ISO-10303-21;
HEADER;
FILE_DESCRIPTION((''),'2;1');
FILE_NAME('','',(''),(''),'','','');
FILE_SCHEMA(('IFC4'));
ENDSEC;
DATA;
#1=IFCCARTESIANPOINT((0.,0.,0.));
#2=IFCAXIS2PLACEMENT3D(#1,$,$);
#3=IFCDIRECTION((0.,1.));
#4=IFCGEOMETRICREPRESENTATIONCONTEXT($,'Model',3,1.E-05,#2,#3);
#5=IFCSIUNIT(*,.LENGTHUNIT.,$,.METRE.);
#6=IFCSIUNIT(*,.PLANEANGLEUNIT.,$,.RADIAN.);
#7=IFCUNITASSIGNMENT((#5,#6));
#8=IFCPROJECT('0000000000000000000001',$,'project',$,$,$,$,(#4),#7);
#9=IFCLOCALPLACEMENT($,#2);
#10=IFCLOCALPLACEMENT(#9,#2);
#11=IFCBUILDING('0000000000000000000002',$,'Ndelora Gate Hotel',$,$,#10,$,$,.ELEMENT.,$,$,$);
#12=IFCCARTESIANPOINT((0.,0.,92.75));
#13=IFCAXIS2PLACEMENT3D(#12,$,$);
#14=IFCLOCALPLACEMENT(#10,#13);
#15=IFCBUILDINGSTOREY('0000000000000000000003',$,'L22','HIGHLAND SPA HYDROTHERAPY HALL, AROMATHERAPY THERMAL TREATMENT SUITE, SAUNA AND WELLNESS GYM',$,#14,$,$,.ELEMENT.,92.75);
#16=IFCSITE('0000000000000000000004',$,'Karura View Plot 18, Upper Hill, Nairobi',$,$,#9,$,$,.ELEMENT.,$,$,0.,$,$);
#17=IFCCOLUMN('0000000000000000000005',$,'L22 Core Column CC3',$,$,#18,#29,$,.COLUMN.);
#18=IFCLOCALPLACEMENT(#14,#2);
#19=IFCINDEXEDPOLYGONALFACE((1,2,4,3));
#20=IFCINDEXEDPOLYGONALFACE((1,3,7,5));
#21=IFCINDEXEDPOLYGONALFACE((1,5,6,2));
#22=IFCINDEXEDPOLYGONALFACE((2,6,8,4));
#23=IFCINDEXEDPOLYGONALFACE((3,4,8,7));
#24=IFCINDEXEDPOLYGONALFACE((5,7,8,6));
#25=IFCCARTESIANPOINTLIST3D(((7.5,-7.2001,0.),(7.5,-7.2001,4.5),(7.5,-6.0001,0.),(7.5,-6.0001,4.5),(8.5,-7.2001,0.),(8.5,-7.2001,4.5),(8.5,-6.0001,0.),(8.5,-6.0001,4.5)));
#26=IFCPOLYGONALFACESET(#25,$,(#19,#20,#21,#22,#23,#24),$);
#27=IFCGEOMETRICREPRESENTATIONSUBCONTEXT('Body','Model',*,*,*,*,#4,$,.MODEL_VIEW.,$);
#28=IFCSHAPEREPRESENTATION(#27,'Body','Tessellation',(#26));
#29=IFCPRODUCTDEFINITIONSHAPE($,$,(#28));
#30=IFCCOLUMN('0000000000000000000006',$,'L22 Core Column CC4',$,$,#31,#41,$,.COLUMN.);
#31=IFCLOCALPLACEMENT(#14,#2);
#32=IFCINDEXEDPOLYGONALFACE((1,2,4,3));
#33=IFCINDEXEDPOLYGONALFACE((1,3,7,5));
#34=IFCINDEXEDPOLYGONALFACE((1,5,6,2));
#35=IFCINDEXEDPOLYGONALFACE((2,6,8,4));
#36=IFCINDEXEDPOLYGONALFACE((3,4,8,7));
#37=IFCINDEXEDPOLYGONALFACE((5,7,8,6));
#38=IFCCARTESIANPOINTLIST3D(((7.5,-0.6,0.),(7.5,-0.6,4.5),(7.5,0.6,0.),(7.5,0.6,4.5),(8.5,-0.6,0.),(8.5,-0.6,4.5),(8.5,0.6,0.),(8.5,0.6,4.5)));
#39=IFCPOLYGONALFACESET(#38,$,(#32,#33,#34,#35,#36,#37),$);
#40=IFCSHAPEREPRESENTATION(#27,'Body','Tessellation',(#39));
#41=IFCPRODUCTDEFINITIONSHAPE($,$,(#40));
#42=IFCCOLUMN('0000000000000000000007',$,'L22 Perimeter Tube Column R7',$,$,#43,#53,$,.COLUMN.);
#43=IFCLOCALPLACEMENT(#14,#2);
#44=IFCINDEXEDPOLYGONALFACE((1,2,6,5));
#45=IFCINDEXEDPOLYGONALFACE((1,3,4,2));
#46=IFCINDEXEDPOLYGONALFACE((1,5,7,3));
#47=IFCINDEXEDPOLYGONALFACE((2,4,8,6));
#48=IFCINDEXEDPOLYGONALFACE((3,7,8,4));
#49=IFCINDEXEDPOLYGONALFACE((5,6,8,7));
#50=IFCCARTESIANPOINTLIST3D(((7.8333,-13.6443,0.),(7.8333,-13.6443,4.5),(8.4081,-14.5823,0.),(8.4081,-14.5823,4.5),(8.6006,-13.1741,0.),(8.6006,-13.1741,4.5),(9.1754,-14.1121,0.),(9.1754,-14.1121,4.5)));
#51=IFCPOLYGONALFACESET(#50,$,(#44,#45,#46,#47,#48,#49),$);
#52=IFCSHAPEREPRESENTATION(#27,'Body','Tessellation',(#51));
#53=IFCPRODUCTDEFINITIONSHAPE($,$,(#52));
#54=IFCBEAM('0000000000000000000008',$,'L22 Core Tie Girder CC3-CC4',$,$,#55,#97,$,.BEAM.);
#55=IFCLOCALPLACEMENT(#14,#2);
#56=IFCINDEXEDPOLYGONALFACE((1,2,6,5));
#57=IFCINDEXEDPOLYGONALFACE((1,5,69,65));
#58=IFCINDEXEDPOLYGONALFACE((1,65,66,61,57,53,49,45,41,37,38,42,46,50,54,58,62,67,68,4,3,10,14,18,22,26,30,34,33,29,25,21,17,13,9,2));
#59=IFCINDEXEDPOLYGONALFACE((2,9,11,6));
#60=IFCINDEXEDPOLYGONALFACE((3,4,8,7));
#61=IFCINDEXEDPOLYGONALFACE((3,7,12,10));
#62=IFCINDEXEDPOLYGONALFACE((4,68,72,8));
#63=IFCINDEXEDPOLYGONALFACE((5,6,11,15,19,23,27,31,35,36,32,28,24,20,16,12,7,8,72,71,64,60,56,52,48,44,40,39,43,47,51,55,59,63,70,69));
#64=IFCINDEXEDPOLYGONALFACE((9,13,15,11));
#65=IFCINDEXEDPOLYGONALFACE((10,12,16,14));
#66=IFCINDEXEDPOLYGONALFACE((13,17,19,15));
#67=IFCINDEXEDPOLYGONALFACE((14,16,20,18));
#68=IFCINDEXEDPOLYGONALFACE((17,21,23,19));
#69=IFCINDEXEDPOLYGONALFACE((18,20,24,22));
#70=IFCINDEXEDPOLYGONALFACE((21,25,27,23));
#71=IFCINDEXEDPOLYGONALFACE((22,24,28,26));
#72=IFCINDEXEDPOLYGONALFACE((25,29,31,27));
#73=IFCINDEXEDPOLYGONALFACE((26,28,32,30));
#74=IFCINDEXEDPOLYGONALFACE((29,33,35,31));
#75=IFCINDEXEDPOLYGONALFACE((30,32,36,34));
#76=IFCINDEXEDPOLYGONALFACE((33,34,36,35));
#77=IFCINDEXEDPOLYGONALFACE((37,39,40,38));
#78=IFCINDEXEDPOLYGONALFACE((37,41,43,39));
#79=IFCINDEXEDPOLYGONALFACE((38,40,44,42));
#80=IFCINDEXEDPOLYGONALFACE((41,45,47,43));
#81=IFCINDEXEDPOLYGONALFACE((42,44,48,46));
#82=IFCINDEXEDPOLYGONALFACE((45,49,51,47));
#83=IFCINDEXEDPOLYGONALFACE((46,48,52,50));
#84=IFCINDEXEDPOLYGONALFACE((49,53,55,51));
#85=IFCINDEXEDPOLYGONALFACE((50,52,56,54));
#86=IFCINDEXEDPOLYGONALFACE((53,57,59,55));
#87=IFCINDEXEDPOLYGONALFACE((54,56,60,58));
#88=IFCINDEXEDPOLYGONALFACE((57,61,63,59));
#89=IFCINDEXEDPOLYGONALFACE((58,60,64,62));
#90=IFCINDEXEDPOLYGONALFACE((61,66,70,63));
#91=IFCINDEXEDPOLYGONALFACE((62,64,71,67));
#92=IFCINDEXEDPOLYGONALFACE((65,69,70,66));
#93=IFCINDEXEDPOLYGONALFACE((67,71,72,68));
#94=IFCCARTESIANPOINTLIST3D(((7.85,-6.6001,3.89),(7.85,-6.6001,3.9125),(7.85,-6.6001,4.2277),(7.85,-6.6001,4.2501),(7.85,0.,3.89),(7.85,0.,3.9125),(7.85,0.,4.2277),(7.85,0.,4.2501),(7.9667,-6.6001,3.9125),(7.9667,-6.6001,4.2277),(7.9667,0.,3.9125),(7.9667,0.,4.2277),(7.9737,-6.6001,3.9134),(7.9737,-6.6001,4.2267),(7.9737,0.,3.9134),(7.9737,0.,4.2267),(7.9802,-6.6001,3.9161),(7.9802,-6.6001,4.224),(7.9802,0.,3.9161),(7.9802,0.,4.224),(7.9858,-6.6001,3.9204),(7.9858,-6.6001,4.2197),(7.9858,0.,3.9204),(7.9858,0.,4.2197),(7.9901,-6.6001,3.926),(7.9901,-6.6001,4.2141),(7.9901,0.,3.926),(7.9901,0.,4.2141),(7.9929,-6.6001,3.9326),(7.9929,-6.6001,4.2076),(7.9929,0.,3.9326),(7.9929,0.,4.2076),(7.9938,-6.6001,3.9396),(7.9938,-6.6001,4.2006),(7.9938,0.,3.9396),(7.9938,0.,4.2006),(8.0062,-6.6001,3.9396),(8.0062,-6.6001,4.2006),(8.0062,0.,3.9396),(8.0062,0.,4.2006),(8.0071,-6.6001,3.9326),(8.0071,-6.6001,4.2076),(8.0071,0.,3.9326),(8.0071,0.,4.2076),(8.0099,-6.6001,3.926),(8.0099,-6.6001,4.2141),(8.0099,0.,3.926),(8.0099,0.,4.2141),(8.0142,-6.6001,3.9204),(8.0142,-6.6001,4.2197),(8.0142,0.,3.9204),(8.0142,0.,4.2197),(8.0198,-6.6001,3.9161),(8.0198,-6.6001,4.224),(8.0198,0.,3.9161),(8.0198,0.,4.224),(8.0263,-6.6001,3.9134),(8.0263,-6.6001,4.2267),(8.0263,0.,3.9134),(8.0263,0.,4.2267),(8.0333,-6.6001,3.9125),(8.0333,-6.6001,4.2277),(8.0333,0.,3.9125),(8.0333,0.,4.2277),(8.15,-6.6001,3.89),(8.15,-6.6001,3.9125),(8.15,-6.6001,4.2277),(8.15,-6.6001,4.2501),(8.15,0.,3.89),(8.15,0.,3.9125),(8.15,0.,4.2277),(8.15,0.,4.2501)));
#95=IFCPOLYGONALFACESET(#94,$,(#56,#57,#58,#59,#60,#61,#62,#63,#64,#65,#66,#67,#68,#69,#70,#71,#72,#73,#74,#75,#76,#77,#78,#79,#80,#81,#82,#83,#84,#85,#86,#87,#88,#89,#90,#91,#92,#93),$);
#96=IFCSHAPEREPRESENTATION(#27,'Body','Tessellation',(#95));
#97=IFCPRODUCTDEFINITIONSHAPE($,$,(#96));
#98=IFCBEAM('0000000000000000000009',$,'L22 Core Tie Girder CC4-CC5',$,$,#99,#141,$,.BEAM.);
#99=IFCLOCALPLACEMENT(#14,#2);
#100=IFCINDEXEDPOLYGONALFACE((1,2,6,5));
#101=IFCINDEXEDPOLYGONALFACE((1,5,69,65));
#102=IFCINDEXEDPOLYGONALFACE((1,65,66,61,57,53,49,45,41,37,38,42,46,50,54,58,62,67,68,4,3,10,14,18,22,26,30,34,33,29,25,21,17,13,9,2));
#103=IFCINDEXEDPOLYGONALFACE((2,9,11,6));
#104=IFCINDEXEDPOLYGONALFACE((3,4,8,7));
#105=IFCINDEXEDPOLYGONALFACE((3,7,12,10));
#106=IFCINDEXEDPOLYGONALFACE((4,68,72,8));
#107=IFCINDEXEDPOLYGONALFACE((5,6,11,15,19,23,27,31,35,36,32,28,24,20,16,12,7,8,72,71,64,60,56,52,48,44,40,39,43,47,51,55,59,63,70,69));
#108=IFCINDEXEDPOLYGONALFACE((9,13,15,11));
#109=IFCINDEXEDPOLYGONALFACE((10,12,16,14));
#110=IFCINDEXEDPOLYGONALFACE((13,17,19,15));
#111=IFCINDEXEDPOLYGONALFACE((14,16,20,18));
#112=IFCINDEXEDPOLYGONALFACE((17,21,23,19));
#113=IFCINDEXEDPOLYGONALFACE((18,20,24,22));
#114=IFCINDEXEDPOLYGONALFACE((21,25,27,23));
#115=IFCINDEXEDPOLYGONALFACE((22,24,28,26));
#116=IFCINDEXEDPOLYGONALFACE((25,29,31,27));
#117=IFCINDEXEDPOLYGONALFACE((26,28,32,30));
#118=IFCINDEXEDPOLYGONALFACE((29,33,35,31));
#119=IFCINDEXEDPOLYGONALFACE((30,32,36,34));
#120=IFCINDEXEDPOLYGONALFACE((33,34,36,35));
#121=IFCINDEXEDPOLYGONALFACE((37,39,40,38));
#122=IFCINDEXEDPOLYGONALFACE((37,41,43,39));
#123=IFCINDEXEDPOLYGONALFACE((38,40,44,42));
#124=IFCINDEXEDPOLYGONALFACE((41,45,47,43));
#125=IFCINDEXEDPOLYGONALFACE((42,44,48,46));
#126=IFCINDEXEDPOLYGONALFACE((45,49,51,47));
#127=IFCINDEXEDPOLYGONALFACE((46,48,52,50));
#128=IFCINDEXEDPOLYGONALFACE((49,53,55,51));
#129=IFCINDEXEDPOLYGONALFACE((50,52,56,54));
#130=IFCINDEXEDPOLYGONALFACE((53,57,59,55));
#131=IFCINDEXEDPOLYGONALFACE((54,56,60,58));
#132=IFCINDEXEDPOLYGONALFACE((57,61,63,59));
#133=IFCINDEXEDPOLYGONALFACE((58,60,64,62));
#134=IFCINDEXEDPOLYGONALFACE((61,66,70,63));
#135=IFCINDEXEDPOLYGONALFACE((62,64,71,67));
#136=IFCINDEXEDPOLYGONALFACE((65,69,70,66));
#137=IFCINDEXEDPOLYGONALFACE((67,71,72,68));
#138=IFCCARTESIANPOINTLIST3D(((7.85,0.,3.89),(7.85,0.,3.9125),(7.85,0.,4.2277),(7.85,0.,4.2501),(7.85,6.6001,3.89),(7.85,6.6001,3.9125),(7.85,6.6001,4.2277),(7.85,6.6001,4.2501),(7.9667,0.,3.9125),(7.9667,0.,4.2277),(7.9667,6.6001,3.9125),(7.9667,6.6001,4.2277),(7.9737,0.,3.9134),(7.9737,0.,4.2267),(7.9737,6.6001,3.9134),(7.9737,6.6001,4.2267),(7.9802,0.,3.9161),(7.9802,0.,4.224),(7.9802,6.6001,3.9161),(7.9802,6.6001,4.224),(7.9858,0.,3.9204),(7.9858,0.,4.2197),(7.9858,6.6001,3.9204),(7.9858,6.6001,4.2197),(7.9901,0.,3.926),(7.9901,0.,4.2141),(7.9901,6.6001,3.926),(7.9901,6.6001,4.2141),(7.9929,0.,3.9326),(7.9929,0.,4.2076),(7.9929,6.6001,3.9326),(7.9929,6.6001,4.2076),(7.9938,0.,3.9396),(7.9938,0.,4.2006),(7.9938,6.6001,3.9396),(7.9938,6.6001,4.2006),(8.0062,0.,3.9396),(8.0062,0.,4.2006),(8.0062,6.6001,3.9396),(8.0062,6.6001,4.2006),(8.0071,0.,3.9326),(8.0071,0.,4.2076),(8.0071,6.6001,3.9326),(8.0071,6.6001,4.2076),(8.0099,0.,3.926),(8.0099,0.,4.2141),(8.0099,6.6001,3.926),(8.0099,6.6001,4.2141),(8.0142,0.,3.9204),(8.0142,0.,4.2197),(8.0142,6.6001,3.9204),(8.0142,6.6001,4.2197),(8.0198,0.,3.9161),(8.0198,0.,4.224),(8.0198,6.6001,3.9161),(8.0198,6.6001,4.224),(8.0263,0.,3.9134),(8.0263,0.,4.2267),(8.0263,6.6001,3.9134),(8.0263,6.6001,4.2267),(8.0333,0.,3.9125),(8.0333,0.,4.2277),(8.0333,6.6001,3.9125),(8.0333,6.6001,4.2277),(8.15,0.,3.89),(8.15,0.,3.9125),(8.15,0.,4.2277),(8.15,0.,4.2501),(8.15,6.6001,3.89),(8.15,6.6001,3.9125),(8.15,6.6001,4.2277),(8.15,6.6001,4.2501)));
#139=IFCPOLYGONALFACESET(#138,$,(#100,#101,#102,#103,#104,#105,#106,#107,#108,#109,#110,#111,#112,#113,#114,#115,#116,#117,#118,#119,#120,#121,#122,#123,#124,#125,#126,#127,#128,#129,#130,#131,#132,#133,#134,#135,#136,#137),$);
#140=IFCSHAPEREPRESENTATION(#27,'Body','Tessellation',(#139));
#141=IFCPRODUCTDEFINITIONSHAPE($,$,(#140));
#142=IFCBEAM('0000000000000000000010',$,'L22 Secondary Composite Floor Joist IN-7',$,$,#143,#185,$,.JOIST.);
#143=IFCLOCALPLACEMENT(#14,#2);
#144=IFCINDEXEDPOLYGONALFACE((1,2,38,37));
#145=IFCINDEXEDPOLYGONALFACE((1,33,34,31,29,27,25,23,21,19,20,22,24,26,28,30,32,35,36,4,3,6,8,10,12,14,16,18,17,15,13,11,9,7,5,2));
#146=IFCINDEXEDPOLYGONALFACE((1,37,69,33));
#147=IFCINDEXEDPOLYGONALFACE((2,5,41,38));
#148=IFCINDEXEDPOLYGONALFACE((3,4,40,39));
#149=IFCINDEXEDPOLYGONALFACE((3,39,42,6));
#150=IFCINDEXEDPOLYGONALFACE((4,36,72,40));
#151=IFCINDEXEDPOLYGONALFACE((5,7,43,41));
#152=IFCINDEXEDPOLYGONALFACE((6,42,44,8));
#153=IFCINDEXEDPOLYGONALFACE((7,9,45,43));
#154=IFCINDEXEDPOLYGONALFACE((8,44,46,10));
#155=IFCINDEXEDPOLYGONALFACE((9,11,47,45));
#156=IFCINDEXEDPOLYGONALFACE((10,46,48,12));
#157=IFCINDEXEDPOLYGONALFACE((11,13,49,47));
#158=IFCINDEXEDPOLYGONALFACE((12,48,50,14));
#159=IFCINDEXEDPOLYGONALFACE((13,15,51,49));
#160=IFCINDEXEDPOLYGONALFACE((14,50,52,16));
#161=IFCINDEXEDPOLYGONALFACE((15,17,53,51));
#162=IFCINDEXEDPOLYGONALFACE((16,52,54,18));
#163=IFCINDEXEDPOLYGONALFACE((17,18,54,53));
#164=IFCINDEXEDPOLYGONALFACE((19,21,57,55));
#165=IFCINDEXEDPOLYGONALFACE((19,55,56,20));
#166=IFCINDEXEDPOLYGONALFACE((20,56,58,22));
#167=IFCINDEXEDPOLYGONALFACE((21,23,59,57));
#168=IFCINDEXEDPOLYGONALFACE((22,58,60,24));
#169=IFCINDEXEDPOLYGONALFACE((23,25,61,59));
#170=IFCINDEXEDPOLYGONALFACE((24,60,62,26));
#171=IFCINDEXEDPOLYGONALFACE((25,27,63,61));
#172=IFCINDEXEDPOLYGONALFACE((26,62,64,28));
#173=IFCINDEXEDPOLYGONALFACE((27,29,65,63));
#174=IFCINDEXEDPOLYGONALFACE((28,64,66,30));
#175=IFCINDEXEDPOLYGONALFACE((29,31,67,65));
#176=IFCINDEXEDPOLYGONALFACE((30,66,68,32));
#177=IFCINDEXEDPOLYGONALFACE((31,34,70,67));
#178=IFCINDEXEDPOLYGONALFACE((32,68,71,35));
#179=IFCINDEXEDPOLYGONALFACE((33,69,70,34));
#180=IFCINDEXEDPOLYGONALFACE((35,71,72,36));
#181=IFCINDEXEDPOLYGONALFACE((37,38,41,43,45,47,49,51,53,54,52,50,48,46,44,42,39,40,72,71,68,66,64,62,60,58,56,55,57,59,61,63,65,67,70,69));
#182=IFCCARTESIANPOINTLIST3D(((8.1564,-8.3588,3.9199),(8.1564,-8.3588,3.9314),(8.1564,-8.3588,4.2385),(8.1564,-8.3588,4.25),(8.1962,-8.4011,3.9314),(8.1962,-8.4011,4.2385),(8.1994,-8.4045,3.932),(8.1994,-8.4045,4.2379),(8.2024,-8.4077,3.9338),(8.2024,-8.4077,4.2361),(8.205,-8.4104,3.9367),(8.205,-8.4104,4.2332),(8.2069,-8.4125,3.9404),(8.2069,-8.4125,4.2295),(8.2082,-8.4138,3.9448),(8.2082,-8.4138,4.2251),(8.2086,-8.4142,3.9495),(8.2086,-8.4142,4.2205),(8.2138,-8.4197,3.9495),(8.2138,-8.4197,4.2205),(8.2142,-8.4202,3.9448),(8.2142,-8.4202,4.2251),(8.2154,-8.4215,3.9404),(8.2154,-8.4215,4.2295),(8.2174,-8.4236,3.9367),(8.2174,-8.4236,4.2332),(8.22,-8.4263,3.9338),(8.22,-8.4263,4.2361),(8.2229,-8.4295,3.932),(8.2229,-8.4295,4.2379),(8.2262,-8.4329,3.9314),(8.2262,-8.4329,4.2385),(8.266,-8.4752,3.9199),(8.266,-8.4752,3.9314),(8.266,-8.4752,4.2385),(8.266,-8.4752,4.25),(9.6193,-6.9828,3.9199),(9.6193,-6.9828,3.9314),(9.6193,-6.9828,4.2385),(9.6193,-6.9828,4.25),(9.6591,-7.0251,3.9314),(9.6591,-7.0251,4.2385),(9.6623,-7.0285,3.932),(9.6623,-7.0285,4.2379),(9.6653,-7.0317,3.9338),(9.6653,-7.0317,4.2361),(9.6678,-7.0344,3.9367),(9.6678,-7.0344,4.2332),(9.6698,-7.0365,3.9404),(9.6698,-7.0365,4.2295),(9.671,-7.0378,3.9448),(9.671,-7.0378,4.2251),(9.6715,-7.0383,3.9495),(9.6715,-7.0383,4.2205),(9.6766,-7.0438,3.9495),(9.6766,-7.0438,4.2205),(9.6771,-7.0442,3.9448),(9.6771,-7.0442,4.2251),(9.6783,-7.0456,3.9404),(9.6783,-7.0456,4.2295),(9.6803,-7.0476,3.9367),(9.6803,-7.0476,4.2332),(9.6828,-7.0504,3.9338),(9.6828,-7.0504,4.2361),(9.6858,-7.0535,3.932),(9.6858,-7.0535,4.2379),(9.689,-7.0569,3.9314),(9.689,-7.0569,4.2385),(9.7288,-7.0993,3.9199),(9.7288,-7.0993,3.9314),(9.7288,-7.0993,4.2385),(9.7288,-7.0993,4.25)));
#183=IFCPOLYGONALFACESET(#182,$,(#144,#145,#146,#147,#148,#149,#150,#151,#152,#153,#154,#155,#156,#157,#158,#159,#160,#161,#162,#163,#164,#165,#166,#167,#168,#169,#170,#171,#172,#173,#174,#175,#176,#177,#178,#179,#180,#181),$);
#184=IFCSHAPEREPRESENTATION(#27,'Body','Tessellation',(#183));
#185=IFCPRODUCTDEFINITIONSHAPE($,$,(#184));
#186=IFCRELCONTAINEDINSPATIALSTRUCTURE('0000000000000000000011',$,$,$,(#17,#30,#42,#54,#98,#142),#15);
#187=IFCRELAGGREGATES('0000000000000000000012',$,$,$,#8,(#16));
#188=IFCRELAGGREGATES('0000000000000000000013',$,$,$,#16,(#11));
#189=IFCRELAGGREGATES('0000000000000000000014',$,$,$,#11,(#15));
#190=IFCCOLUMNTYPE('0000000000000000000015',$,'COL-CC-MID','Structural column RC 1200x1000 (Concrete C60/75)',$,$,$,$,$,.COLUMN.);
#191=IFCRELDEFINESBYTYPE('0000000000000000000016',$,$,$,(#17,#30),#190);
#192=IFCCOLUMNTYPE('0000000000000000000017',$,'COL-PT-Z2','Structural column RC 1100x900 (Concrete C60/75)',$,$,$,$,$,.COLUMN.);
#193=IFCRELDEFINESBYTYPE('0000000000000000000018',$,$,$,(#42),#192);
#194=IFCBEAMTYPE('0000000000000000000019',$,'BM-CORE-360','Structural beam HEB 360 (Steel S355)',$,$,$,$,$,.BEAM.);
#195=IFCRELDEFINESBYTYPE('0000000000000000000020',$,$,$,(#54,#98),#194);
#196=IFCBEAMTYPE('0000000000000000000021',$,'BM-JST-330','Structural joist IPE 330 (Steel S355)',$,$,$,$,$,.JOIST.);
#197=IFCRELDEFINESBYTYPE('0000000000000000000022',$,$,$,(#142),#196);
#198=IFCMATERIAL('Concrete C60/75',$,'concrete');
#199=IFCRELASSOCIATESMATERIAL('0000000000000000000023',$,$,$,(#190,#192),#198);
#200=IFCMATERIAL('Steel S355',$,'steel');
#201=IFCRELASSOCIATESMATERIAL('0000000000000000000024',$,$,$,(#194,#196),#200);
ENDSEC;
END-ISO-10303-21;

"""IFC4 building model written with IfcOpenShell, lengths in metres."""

from ifc_helpers import new_model, si_unit, direction, frame, origin, origin_2d, place, context, subcontext, project, spatial, rectangle, i_section, extrude, material, material_profile, profile_set, type_object, element, save


model = new_model("IFC4")

# Units and contexts
model_context = context("Model", 3, precision=1e-05, world=origin(), true_north=direction((0.0, 1.0)))
body_context = subcontext(model_context, "Body", "Model", "MODEL_VIEW")
ifc_project = project(units=[si_unit("LENGTHUNIT", "METRE"), si_unit("PLANEANGLEUNIT", "RADIAN")], contexts=[model_context])

# Site, building, storey
site_placement = place(None, origin())
site = spatial("IfcSite", under=ifc_project, at=site_placement, Name="Karura View Plot 18, Upper Hill, Nairobi", CompositionType="ELEMENT", RefElevation=0.0)
building_placement = place(site_placement, origin())
building = spatial("IfcBuilding", under=site, at=building_placement, Name="Ndelora Gate Hotel", CompositionType="ELEMENT")
storey_placement = place(building_placement, frame((0.0, 0.0, 92.75)))
storey = spatial("IfcBuildingStorey", under=building, at=storey_placement, Name="L22", Description="HIGHLAND SPA HYDROTHERAPY HALL, AROMATHERAPY THERMAL TREATMENT SUITE, SAUNA AND WELLNESS GYM", CompositionType="ELEMENT", Elevation=92.75)

# Columns
ifc_material_1 = material(Name="Concrete C60/75", Category="concrete")
ifc_material_profile_1 = material_profile(ifc_material_1, rectangle(XDim=1.0, YDim=1.2, at=origin_2d()), Name="RC 1200x1000")
ifc_profile_set_1 = profile_set([ifc_material_profile_1], Name="Concrete C60/75")
column_type_1 = type_object("IfcColumnType", Name="COL-CC-MID", Description="Structural column RC 1200x1000 (Concrete C60/75)", PredefinedType="COLUMN", material=ifc_profile_set_1)
for number, where, z_axis, x_axis, name in (
    (1, (8.0, -6.6001, 0.0), (0.0, 0.0, 1.0), (1.0, 0.0, 0.0), "L22 Core Column CC3"),
    (2, (8.0, 0.0, 0.0), (0.0, 0.0, 1.0), (1.0, 0.0, 0.0), "L22 Core Column CC4"),
):
    element("IfcColumn", number, at=place(storey_placement, frame(where, z_axis=z_axis, x_axis=x_axis)), inside=storey, type_object=column_type_1, Name=name, PredefinedType="COLUMN", context=body_context, shape_type="SweptSolid", body=[
        extrude(rectangle(XDim=1.0, YDim=1.2, at=origin_2d()), origin(), (0.0, 0.0, 1.0), 4.5),
    ])
ifc_material_profile_2 = material_profile(ifc_material_1, rectangle(XDim=0.8999, YDim=1.1001, at=origin_2d()), Name="RC 1100x900")
ifc_profile_set_2 = profile_set([ifc_material_profile_2], Name="Concrete C60/75")
column_type_2 = type_object("IfcColumnType", Name="COL-PT-Z2", Description="Structural column RC 1100x900 (Concrete C60/75)", PredefinedType="COLUMN", material=ifc_profile_set_2)
column_placement = place(storey_placement, frame((8.5044, -13.8782, 0.0), z_axis=(0.0, 0.0, 1.0), x_axis=(0.85264, 0.522499, 0.0)))
element("IfcColumn", 3, at=column_placement, inside=storey, type_object=column_type_2, Name="L22 Perimeter Tube Column R7", PredefinedType="COLUMN", context=body_context, shape_type="SweptSolid", body=[
    extrude(rectangle(XDim=0.8999, YDim=1.1001, at=origin_2d()), origin(), (0.0, 0.0, 1.0), 4.5),
])

# Beams
ifc_material_2 = material(Name="Steel S355", Category="steel")
ifc_material_profile_3 = material_profile(ifc_material_2, i_section(OverallWidth=0.3, OverallDepth=0.3601, WebThickness=0.0125, FlangeThickness=0.0225, FilletRadius=0.0271, at=origin_2d()), Name="HEB 360")
ifc_profile_set_3 = profile_set([ifc_material_profile_3], Name="Steel S355")
beam_type_1 = type_object("IfcBeamType", Name="BM-CORE-360", Description="Structural beam HEB 360 (Steel S355)", PredefinedType="BEAM", material=ifc_profile_set_3)
for number, where, z_axis, x_axis, name in (
    (4, (8.0, -6.6001, 4.0701), (0.0, 1.0, 0.0), (-1.0, 0.0, 0.0), "L22 Core Tie Girder CC3-CC4"),
    (5, (8.0, 0.0, 4.0701), (0.0, 1.0, 0.0), (-1.0, 0.0, 0.0), "L22 Core Tie Girder CC4-CC5"),
):
    element("IfcBeam", number, at=place(storey_placement, frame(where, z_axis=z_axis, x_axis=x_axis)), inside=storey, type_object=beam_type_1, Name=name, PredefinedType="BEAM", context=body_context, shape_type="SweptSolid", body=[
        extrude(i_section(OverallWidth=0.3, OverallDepth=0.3601, WebThickness=0.0125, FlangeThickness=0.0225, FilletRadius=0.0271, at=origin_2d()), origin(), (0.0, 0.0, 1.0), 6.6001),
    ])
ifc_material_profile_4 = material_profile(ifc_material_2, i_section(OverallWidth=0.1599, OverallDepth=0.3301, WebThickness=0.0076, FlangeThickness=0.0115, FilletRadius=0.0181, at=origin_2d()), Name="IPE 330")
ifc_profile_set_4 = profile_set([ifc_material_profile_4], Name="Steel S355")
beam_type_2 = type_object("IfcBeamType", Name="BM-JST-330", Description="Structural joist IPE 330 (Steel S355)", PredefinedType="JOIST", material=ifc_profile_set_4)
beam_1_placement = place(storey_placement, frame((8.2112, -8.417, 4.085), z_axis=(0.728414, 0.685137, 0.0), x_axis=(-0.685137, 0.728414, 0.0)))
element("IfcBeam", 6, at=beam_1_placement, inside=storey, type_object=beam_type_2, Name="L22 Secondary Composite Floor Joist IN-7", PredefinedType="JOIST", context=body_context, shape_type="SweptSolid", body=[
    extrude(i_section(OverallWidth=0.1599, OverallDepth=0.3301, WebThickness=0.0076, FlangeThickness=0.0115, FilletRadius=0.0181, at=origin_2d()), origin(), (0.0, 0.0, 1.0), 2.0083),
])

save(model, "model.ifc")
